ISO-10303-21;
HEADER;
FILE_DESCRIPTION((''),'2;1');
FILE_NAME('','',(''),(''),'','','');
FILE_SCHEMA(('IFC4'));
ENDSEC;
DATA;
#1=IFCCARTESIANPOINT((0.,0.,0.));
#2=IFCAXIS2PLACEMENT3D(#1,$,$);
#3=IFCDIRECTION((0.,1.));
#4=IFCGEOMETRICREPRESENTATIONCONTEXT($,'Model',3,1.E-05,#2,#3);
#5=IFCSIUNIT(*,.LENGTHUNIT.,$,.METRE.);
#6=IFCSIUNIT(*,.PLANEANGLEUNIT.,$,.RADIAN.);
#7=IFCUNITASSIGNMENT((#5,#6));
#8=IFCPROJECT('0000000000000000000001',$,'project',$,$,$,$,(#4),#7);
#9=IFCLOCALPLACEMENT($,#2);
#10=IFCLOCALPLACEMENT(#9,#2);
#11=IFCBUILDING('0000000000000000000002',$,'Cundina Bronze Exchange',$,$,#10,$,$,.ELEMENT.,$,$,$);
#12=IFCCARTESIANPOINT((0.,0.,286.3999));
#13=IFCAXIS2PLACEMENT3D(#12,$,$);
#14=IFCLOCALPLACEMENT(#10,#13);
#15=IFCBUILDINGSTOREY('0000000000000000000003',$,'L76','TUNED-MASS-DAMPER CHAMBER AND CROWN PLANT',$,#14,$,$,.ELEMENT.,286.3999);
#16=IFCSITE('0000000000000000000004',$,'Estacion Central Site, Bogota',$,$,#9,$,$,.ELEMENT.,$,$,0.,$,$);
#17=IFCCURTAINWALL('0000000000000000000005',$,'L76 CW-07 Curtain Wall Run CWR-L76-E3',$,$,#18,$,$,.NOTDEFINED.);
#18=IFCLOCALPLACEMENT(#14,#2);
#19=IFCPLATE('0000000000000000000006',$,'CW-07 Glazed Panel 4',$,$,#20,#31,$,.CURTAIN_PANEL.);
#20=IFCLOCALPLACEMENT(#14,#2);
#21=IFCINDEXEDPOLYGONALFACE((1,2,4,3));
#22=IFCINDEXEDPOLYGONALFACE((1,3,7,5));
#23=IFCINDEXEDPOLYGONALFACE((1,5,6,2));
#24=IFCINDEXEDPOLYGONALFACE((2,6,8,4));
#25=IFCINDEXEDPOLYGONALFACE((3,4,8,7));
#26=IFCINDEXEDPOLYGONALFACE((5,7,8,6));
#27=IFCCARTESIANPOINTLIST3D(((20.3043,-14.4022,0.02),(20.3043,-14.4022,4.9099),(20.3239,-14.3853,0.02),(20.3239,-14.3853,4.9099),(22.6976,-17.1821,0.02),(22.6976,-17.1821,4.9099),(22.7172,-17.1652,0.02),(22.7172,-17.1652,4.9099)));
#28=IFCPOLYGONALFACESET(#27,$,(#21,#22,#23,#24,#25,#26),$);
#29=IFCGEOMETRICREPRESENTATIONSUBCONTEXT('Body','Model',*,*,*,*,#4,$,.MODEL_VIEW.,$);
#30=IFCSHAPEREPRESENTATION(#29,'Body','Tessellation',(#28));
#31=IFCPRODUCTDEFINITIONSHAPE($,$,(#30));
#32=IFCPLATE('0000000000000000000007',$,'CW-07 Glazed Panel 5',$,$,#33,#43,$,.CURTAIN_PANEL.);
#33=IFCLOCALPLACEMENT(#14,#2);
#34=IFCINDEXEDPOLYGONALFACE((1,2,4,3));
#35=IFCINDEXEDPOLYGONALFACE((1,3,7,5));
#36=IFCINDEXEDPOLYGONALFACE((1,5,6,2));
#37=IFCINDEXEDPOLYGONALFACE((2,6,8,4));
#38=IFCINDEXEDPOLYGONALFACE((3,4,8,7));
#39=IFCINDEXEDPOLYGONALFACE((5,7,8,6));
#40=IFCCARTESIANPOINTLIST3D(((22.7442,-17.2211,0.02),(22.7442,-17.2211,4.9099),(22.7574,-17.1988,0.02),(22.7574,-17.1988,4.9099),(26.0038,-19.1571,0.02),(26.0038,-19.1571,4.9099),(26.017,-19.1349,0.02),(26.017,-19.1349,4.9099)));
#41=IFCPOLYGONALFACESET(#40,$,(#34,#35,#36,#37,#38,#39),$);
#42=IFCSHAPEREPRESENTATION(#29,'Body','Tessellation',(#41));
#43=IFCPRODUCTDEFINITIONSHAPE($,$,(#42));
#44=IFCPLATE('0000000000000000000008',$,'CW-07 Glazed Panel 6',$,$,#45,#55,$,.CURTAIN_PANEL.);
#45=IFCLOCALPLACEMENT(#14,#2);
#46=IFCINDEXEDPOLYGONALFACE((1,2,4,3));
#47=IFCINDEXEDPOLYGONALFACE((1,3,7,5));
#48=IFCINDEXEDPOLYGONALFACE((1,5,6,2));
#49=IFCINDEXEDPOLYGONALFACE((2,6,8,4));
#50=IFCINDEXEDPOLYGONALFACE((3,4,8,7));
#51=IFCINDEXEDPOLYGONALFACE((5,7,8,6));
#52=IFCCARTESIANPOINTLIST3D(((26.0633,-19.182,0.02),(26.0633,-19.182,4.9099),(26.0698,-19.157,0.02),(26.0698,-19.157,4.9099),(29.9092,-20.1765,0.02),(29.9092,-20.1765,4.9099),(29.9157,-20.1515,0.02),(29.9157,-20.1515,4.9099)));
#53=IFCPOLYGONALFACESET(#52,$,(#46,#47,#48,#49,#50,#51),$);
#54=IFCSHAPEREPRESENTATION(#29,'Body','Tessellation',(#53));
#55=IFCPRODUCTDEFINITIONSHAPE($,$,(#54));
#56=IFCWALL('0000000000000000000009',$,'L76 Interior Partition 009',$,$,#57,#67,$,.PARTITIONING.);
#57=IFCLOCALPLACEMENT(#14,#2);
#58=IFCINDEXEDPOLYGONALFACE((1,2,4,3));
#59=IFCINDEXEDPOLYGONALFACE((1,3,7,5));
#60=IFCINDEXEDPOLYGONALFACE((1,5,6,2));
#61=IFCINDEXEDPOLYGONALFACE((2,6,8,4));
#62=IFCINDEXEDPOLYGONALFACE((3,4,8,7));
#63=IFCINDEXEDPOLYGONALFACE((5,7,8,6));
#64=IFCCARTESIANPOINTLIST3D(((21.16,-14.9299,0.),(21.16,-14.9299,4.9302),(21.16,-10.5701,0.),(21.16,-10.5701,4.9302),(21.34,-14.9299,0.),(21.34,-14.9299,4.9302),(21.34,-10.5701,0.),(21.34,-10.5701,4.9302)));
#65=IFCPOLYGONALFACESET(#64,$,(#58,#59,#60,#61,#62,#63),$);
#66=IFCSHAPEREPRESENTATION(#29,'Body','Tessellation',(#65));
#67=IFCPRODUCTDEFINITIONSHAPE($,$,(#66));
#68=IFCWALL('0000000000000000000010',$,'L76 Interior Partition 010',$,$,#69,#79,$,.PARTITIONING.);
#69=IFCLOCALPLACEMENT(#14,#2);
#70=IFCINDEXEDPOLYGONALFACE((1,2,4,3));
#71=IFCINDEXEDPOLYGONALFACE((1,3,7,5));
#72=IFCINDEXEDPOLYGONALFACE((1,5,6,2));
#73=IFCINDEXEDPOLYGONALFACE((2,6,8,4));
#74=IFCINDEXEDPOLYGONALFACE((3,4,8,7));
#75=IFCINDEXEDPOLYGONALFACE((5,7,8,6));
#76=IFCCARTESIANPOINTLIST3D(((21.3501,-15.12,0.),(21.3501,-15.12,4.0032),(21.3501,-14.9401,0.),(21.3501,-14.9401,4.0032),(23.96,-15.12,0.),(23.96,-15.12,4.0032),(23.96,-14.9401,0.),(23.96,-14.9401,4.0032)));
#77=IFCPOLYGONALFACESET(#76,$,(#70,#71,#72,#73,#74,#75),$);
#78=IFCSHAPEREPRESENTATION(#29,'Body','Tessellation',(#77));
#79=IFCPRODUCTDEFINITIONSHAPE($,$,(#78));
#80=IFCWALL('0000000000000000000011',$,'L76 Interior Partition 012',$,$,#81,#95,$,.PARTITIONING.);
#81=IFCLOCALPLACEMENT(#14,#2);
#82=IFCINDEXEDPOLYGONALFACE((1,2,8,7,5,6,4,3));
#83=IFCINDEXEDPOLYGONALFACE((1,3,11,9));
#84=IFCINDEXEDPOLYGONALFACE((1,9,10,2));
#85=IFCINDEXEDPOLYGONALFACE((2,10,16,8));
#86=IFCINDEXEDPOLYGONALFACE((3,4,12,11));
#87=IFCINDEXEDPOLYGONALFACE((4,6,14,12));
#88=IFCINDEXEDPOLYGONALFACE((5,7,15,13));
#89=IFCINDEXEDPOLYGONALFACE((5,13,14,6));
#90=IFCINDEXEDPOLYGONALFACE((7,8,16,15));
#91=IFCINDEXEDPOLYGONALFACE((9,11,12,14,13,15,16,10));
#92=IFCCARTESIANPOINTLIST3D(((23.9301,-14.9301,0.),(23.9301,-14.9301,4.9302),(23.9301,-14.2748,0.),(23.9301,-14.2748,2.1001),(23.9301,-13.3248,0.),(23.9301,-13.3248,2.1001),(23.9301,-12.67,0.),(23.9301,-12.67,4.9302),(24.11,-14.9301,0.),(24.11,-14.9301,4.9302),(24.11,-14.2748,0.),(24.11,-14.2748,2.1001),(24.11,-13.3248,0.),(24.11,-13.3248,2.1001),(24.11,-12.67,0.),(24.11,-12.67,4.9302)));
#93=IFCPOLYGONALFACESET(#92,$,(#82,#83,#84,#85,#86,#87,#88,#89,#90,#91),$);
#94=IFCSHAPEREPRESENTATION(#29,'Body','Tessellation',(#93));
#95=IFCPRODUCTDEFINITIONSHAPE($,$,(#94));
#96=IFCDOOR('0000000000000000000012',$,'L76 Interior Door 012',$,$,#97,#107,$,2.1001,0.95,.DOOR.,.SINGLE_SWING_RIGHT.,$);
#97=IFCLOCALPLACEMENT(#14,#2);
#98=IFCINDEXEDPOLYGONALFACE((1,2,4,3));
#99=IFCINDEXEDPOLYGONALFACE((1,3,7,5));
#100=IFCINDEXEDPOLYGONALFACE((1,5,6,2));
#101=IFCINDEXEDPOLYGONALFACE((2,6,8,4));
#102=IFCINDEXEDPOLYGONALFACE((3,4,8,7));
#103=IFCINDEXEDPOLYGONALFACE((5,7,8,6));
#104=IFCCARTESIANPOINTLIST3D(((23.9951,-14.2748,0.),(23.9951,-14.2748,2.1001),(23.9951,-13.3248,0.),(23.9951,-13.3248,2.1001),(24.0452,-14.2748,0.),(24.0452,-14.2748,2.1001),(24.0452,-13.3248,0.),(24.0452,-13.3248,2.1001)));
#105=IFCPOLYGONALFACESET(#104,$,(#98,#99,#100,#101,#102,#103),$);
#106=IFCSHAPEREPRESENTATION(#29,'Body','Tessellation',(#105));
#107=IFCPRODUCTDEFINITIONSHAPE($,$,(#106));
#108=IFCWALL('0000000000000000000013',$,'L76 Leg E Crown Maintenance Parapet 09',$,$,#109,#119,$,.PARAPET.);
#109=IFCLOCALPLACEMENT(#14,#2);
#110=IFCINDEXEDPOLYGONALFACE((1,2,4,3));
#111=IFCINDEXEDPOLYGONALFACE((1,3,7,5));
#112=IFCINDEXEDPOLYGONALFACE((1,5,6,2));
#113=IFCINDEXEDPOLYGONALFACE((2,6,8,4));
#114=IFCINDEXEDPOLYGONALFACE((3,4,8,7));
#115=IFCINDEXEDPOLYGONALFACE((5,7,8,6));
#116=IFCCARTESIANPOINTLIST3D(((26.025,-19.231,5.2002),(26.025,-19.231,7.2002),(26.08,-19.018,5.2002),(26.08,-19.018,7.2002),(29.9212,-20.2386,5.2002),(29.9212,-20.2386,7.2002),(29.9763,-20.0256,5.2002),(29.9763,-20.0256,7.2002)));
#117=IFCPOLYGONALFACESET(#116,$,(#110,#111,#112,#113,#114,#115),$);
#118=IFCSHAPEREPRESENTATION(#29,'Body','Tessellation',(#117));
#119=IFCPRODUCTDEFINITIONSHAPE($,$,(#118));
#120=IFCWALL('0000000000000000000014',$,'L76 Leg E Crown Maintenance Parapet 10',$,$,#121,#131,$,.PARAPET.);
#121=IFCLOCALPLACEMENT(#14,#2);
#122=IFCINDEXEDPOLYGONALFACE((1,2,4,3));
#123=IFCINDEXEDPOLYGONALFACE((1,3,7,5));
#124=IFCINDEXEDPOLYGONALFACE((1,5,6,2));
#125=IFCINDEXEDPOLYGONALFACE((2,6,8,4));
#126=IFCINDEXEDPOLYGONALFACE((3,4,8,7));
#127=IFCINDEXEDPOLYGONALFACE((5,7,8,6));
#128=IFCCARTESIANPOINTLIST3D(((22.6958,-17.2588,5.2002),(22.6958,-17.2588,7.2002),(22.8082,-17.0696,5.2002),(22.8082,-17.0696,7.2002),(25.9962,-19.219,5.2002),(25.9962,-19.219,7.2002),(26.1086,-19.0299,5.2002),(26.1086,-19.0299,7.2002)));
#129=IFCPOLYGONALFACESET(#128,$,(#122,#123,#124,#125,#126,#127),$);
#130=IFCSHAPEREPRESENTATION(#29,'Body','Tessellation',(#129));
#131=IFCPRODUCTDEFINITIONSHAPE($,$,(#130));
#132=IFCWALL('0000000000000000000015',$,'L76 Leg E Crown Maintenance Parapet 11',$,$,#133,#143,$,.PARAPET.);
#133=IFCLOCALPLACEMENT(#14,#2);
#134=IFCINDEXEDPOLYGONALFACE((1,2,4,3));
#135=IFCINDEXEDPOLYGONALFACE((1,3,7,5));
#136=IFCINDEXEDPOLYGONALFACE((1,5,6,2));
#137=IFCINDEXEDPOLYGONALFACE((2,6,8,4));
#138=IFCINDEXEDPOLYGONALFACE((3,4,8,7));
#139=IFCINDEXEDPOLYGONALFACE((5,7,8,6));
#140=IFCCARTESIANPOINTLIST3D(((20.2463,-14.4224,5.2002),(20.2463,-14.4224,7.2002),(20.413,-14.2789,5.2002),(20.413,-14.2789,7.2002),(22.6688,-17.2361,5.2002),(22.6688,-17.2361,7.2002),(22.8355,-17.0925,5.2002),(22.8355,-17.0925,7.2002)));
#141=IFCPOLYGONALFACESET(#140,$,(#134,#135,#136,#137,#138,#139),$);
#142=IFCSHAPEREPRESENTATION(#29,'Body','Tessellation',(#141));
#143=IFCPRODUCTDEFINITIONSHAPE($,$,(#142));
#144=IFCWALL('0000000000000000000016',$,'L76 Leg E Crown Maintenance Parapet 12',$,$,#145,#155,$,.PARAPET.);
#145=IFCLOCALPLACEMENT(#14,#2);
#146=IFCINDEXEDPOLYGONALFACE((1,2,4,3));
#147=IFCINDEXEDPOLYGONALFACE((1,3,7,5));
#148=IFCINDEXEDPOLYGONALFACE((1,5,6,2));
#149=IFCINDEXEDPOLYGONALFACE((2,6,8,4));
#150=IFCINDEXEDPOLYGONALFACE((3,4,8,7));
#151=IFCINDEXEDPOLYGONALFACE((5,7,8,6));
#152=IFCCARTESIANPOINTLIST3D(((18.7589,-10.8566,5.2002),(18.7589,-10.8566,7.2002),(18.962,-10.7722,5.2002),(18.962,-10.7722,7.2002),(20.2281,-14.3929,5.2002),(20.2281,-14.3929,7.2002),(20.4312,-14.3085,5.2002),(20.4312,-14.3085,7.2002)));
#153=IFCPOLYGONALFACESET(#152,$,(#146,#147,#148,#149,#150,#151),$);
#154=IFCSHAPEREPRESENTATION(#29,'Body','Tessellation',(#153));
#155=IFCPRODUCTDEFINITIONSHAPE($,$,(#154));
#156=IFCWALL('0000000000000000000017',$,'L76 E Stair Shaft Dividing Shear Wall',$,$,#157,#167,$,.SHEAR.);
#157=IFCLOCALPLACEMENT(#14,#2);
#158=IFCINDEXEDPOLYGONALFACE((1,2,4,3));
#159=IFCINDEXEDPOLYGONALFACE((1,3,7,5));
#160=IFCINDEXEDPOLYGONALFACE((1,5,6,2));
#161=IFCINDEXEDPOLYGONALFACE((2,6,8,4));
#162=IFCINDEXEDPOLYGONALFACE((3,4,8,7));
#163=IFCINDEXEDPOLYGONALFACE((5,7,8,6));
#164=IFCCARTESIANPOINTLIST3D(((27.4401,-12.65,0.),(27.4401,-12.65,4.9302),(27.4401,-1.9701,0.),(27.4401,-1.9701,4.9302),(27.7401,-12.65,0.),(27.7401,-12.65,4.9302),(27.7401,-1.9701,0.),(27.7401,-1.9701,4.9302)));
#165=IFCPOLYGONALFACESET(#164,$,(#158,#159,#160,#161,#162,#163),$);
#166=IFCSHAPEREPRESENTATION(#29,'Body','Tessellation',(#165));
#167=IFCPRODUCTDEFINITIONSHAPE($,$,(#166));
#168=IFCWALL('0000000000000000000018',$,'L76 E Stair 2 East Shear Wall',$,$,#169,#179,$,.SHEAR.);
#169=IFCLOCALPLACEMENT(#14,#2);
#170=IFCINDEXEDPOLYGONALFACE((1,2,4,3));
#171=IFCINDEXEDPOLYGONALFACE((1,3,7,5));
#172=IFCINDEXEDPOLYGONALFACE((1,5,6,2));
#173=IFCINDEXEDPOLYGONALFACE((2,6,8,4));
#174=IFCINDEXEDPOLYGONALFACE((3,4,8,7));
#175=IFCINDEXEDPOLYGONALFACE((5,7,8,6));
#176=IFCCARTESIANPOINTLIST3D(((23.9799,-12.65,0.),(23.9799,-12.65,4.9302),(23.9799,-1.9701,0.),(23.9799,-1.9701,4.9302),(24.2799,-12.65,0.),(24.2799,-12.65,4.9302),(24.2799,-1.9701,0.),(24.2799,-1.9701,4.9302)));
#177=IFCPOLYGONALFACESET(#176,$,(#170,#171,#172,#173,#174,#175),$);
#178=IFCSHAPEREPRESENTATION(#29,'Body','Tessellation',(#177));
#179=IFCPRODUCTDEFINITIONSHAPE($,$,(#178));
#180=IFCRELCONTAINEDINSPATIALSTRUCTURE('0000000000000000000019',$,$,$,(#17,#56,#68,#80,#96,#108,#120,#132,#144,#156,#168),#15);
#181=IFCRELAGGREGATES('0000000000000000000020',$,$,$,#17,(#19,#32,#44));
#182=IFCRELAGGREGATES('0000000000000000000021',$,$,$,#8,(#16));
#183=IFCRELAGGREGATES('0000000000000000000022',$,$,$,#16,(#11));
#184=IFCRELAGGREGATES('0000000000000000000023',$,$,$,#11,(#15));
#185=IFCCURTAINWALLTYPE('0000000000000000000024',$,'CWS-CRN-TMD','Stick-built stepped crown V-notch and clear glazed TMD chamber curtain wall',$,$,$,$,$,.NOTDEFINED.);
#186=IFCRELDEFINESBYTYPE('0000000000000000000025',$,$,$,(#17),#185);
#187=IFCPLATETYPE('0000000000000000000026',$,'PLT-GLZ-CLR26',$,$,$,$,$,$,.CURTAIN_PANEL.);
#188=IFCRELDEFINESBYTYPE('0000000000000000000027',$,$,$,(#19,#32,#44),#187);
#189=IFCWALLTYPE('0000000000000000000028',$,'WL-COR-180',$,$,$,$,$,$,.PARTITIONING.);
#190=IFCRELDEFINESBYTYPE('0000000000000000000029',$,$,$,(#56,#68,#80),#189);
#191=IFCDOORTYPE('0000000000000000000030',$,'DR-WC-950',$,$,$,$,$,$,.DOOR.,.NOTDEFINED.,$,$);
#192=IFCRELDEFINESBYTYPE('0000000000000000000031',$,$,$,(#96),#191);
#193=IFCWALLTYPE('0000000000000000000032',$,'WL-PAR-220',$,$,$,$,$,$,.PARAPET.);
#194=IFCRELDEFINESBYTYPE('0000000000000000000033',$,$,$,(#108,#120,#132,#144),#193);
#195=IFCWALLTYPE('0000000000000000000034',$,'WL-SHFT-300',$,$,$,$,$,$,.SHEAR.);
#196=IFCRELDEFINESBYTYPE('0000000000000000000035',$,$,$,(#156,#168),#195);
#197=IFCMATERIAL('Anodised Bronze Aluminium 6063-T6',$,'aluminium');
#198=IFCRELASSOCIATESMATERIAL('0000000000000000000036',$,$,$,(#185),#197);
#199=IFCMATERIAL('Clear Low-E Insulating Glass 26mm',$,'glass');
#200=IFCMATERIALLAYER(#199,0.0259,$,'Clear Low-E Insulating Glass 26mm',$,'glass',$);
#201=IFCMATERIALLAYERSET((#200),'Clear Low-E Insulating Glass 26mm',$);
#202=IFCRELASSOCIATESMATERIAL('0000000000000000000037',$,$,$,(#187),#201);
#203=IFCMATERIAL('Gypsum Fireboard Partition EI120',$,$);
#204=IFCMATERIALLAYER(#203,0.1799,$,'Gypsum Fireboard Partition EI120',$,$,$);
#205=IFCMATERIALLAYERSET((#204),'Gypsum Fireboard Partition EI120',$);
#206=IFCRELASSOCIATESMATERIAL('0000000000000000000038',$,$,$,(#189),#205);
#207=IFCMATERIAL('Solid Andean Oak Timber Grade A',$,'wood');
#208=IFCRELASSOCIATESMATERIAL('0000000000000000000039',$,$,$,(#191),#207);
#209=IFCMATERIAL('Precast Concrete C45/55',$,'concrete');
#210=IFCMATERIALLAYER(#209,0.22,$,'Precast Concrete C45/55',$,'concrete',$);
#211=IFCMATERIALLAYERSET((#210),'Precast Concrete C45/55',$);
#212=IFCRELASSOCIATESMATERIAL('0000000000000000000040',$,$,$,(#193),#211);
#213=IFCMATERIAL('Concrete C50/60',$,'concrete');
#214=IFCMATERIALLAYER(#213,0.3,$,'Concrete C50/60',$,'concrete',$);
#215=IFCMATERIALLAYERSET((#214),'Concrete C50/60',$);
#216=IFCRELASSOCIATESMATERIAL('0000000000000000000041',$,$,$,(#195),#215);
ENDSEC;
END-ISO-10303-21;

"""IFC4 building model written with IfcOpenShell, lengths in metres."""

from ifc_helpers import new_model, si_unit, direction, frame, frame_2d, origin, origin_2d, place, context, subcontext, project, spatial, rectangle, extrude, material, layer, layer_set, type_object, element, fill, aggregate, save


model = new_model("IFC4")

# Units and contexts
model_context = context("Model", 3, precision=1e-05, world=origin(), true_north=direction((0.0, 1.0)))
body_context = subcontext(model_context, "Body", "Model", "MODEL_VIEW")
ifc_project = project(units=[si_unit("LENGTHUNIT", "METRE"), si_unit("PLANEANGLEUNIT", "RADIAN")], contexts=[model_context])

# Site, building, storey
site_placement = place(None, origin())
site = spatial("IfcSite", under=ifc_project, at=site_placement, Name="Estacion Central Site, Bogota", CompositionType="ELEMENT", RefElevation=0.0)
building_placement = place(site_placement, origin())
building = spatial("IfcBuilding", under=site, at=building_placement, Name="Cundina Bronze Exchange", CompositionType="ELEMENT")
storey_placement = place(building_placement, frame((0.0, 0.0, 286.3999)))
storey = spatial("IfcBuildingStorey", under=building, at=storey_placement, Name="L76", Description="TUNED-MASS-DAMPER CHAMBER AND CROWN PLANT", CompositionType="ELEMENT", Elevation=286.3999)

# Curtain wall, plates
ifc_material_1 = material(Name="Anodised Bronze Aluminium 6063-T6", Category="aluminium")
curtain_wall_type = type_object("IfcCurtainWallType", Name="CWS-CRN-TMD", Description="Stick-built stepped crown V-notch and clear glazed TMD chamber curtain wall", PredefinedType="NOTDEFINED", material=ifc_material_1)
curtain_wall_placement = place(storey_placement, origin())
curtain_wall = element("IfcCurtainWall", 1, at=curtain_wall_placement, inside=storey, type_object=curtain_wall_type, Name="L76 CW-07 Curtain Wall Run CWR-L76-E3", PredefinedType="NOTDEFINED")
ifc_material_2 = material(Name="Clear Low-E Insulating Glass 26mm", Category="glass")
ifc_layer_1 = layer(ifc_material_2, 0.0259, Name="Clear Low-E Insulating Glass 26mm", Category="glass")
ifc_layer_set_1 = layer_set([ifc_layer_1], Name="Clear Low-E Insulating Glass 26mm")
plate_type = type_object("IfcPlateType", Name="PLT-GLZ-CLR26", PredefinedType="CURTAIN_PANEL", material=ifc_layer_set_1)
plate_1_placement = place(storey_placement, frame((21.5107, -15.7837, 0.02), z_axis=(0.0, 0.0, 1.0), x_axis=(0.652456, -0.757827, 0.0)))
plate_1 = element("IfcPlate", 2, at=plate_1_placement, type_object=plate_type, Name="CW-07 Glazed Panel 4", PredefinedType="CURTAIN_PANEL", context=body_context, shape_type="SweptSolid", body=[
    extrude(rectangle(XDim=3.6682, YDim=0.0259, at=origin_2d()), origin(), (0.0, 0.0, 1.0), 4.8899),
])
plate_2_placement = place(storey_placement, frame((24.3806, -18.178, 0.02), z_axis=(0.0, 0.0, 1.0), x_axis=(0.859781, -0.510663, 0.0)))
plate_2 = element("IfcPlate", 3, at=plate_2_placement, type_object=plate_type, Name="CW-07 Glazed Panel 5", PredefinedType="CURTAIN_PANEL", context=body_context, shape_type="SweptSolid", body=[
    extrude(rectangle(XDim=3.7913, YDim=0.0259, at=origin_2d()), origin(), (0.0, 0.0, 1.0), 4.8899),
])
plate_3_placement = place(storey_placement, frame((27.9895, -19.6667, 0.02), z_axis=(0.0, 0.0, 1.0), x_axis=(0.968156, -0.250346, 0.0)))
plate_3 = element("IfcPlate", 4, at=plate_3_placement, type_object=plate_type, Name="CW-07 Glazed Panel 6", PredefinedType="CURTAIN_PANEL", context=body_context, shape_type="SweptSolid", body=[
    extrude(rectangle(XDim=3.9724, YDim=0.0259, at=origin_2d()), origin(), (0.0, 0.0, 1.0), 4.8899),
])
aggregate(curtain_wall, [plate_1, plate_2, plate_3])

# Walls
ifc_material_3 = material(Name="Gypsum Fireboard Partition EI120")
ifc_layer_2 = layer(ifc_material_3, 0.1799, Name="Gypsum Fireboard Partition EI120")
ifc_layer_set_2 = layer_set([ifc_layer_2], Name="Gypsum Fireboard Partition EI120")
wall_type_1 = type_object("IfcWallType", Name="WL-COR-180", PredefinedType="PARTITIONING", material=ifc_layer_set_2)
wall_1_placement = place(storey_placement, frame((21.25, -14.9299, 0.0), z_axis=(0.0, 0.0, 1.0), x_axis=(0.0, 1.0, 0.0)))
element("IfcWall", 5, at=wall_1_placement, inside=storey, type_object=wall_type_1, Name="L76 Interior Partition 009", PredefinedType="PARTITIONING", context=body_context, shape_type="SweptSolid", body=[
    extrude(rectangle(XDim=4.3599, YDim=0.1799, at=frame_2d((2.1799, 0.0))), origin(), (0.0, 0.0, 1.0), 4.9302),
])
wall_2_placement = place(storey_placement, frame((21.3501, -15.03, 0.0), z_axis=(0.0, 0.0, 1.0), x_axis=(1.0, 0.0, 0.0)))
element("IfcWall", 6, at=wall_2_placement, inside=storey, type_object=wall_type_1, Name="L76 Interior Partition 010", PredefinedType="PARTITIONING", context=body_context, shape_type="SweptSolid", body=[
    extrude(rectangle(XDim=2.6099, YDim=0.1799, at=frame_2d((1.3049, 0.0))), origin(), (0.0, 0.0, 1.0), 4.0032),
])

# Wall, opening, door
wall_3_placement = place(storey_placement, frame((24.02, -14.9299, 0.0), z_axis=(0.0, 0.0, 1.0), x_axis=(0.0, 1.0, 0.0)))
wall_3 = element("IfcWall", 7, at=wall_3_placement, inside=storey, type_object=wall_type_1, Name="L76 Interior Partition 012", PredefinedType="PARTITIONING", context=body_context, shape_type="SweptSolid", body=[
    extrude(rectangle(XDim=2.26, YDim=0.1799, at=frame_2d((1.1299, 0.0))), origin(), (0.0, 0.0, 1.0), 4.9302),
])
opening_placement = place(wall_3_placement, frame((0.655, 0.0, 0.0)))
opening = element("IfcOpeningElement", 8, at=opening_placement, cuts=wall_3, PredefinedType="OPENING", context=body_context, shape_type="SweptSolid", body=[
    extrude(rectangle(XDim=0.95, YDim=2.1001, at=frame_2d((0.4751, 1.05))), frame((0.0, 0.0999, 0.0), z_axis=(0.0, -1.0, 0.0), x_axis=(1.0, 0.0, 0.0)), (0.0, 0.0, 1.0), 0.2),
])
ifc_material_4 = material(Name="Solid Andean Oak Timber Grade A", Category="wood")
door_type = type_object("IfcDoorType", Name="DR-WC-950", OperationType="NOTDEFINED", PredefinedType="DOOR", material=ifc_material_4)
door_placement = place(opening_placement, origin())
door = element("IfcDoor", 9, at=door_placement, inside=storey, type_object=door_type, Name="L76 Interior Door 012", OperationType="SINGLE_SWING_RIGHT", OverallHeight=2.1001, OverallWidth=0.95, PredefinedType="DOOR", context=body_context, shape_type="SweptSolid", body=[
    extrude(rectangle(XDim=0.95, YDim=2.1001, at=frame_2d((0.4751, 1.05))), frame((0.0, 0.0249, 0.0), z_axis=(0.0, -1.0, 0.0), x_axis=(1.0, 0.0, 0.0)), (0.0, 0.0, 1.0), 0.05),
])
fill(opening, door)

# Walls
ifc_material_5 = material(Name="Precast Concrete C45/55", Category="concrete")
ifc_layer_3 = layer(ifc_material_5, 0.22, Name="Precast Concrete C45/55", Category="concrete")
ifc_layer_set_3 = layer_set([ifc_layer_3], Name="Precast Concrete C45/55")
wall_type_2 = type_object("IfcWallType", Name="WL-PAR-220", PredefinedType="PARAPET", material=ifc_layer_set_3)
wall_4_placement = place(storey_placement, frame((29.9487, -20.1321, 5.2002), z_axis=(0.0, 0.0, 1.0), x_axis=(-0.968152, 0.250364, 0.0)))
element("IfcWall", 10, at=wall_4_placement, inside=storey, type_object=wall_type_2, Name="L76 Leg E Crown Maintenance Parapet 09", PredefinedType="PARAPET", context=body_context, shape_type="SweptSolid", body=[
    extrude(rectangle(XDim=4.0244, YDim=0.22, at=frame_2d((2.0122, 0.0))), origin(), (0.0, 0.0, 1.0), 2.0),
])
wall_5_placement = place(storey_placement, frame((26.0525, -19.1245, 5.2002), z_axis=(0.0, 0.0, 1.0), x_axis=(-0.85978, 0.510665, 0.0)))
element("IfcWall", 11, at=wall_5_placement, inside=storey, type_object=wall_type_2, Name="L76 Leg E Crown Maintenance Parapet 10", PredefinedType="PARAPET", context=body_context, shape_type="SweptSolid", body=[
    extrude(rectangle(XDim=3.8386, YDim=0.22, at=frame_2d((1.9194, 0.0))), origin(), (0.0, 0.0, 1.0), 2.0),
])
wall_6_placement = place(storey_placement, frame((22.7522, -17.1643, 5.2002), z_axis=(0.0, 0.0, 1.0), x_axis=(-0.652474, 0.757811, 0.0)))
element("IfcWall", 12, at=wall_6_placement, inside=storey, type_object=wall_type_2, Name="L76 Leg E Crown Maintenance Parapet 11", PredefinedType="PARAPET", context=body_context, shape_type="SweptSolid", body=[
    extrude(rectangle(XDim=3.7129, YDim=0.22, at=frame_2d((1.8564, 0.0))), origin(), (0.0, 0.0, 1.0), 2.0),
])
wall_7_placement = place(storey_placement, frame((20.3296, -14.3506, 5.2002), z_axis=(0.0, 0.0, 1.0), x_axis=(-0.383669, 0.923471, 0.0)))
element("IfcWall", 13, at=wall_7_placement, inside=storey, type_object=wall_type_2, Name="L76 Leg E Crown Maintenance Parapet 12", PredefinedType="PARAPET", context=body_context, shape_type="SweptSolid", body=[
    extrude(rectangle(XDim=3.8293, YDim=0.22, at=frame_2d((1.9146, 0.0))), origin(), (0.0, 0.0, 1.0), 2.0),
])
ifc_material_6 = material(Name="Concrete C50/60", Category="concrete")
ifc_layer_4 = layer(ifc_material_6, 0.3, Name="Concrete C50/60", Category="concrete")
ifc_layer_set_4 = layer_set([ifc_layer_4], Name="Concrete C50/60")
wall_type_3 = type_object("IfcWallType", Name="WL-SHFT-300", PredefinedType="SHEAR", material=ifc_layer_set_4)
for number, where, z_axis, x_axis, name in (
    (14, (27.5901, -12.6499, 0.0), (0.0, 0.0, 1.0), (0.0, 1.0, 0.0), "L76 E Stair Shaft Dividing Shear Wall"),
    (15, (24.1299, -12.6499, 0.0), (0.0, 0.0, 1.0), (0.0, 1.0, 0.0), "L76 E Stair 2 East Shear Wall"),
):
    element("IfcWall", number, at=place(storey_placement, frame(where, z_axis=z_axis, x_axis=x_axis)), inside=storey, type_object=wall_type_3, Name=name, PredefinedType="SHEAR", context=body_context, shape_type="SweptSolid", body=[
        extrude(rectangle(XDim=10.6799, YDim=0.3, at=frame_2d((5.3398, 0.0))), origin(), (0.0, 0.0, 1.0), 4.9302),
    ])

save(model, "model.ifc")
